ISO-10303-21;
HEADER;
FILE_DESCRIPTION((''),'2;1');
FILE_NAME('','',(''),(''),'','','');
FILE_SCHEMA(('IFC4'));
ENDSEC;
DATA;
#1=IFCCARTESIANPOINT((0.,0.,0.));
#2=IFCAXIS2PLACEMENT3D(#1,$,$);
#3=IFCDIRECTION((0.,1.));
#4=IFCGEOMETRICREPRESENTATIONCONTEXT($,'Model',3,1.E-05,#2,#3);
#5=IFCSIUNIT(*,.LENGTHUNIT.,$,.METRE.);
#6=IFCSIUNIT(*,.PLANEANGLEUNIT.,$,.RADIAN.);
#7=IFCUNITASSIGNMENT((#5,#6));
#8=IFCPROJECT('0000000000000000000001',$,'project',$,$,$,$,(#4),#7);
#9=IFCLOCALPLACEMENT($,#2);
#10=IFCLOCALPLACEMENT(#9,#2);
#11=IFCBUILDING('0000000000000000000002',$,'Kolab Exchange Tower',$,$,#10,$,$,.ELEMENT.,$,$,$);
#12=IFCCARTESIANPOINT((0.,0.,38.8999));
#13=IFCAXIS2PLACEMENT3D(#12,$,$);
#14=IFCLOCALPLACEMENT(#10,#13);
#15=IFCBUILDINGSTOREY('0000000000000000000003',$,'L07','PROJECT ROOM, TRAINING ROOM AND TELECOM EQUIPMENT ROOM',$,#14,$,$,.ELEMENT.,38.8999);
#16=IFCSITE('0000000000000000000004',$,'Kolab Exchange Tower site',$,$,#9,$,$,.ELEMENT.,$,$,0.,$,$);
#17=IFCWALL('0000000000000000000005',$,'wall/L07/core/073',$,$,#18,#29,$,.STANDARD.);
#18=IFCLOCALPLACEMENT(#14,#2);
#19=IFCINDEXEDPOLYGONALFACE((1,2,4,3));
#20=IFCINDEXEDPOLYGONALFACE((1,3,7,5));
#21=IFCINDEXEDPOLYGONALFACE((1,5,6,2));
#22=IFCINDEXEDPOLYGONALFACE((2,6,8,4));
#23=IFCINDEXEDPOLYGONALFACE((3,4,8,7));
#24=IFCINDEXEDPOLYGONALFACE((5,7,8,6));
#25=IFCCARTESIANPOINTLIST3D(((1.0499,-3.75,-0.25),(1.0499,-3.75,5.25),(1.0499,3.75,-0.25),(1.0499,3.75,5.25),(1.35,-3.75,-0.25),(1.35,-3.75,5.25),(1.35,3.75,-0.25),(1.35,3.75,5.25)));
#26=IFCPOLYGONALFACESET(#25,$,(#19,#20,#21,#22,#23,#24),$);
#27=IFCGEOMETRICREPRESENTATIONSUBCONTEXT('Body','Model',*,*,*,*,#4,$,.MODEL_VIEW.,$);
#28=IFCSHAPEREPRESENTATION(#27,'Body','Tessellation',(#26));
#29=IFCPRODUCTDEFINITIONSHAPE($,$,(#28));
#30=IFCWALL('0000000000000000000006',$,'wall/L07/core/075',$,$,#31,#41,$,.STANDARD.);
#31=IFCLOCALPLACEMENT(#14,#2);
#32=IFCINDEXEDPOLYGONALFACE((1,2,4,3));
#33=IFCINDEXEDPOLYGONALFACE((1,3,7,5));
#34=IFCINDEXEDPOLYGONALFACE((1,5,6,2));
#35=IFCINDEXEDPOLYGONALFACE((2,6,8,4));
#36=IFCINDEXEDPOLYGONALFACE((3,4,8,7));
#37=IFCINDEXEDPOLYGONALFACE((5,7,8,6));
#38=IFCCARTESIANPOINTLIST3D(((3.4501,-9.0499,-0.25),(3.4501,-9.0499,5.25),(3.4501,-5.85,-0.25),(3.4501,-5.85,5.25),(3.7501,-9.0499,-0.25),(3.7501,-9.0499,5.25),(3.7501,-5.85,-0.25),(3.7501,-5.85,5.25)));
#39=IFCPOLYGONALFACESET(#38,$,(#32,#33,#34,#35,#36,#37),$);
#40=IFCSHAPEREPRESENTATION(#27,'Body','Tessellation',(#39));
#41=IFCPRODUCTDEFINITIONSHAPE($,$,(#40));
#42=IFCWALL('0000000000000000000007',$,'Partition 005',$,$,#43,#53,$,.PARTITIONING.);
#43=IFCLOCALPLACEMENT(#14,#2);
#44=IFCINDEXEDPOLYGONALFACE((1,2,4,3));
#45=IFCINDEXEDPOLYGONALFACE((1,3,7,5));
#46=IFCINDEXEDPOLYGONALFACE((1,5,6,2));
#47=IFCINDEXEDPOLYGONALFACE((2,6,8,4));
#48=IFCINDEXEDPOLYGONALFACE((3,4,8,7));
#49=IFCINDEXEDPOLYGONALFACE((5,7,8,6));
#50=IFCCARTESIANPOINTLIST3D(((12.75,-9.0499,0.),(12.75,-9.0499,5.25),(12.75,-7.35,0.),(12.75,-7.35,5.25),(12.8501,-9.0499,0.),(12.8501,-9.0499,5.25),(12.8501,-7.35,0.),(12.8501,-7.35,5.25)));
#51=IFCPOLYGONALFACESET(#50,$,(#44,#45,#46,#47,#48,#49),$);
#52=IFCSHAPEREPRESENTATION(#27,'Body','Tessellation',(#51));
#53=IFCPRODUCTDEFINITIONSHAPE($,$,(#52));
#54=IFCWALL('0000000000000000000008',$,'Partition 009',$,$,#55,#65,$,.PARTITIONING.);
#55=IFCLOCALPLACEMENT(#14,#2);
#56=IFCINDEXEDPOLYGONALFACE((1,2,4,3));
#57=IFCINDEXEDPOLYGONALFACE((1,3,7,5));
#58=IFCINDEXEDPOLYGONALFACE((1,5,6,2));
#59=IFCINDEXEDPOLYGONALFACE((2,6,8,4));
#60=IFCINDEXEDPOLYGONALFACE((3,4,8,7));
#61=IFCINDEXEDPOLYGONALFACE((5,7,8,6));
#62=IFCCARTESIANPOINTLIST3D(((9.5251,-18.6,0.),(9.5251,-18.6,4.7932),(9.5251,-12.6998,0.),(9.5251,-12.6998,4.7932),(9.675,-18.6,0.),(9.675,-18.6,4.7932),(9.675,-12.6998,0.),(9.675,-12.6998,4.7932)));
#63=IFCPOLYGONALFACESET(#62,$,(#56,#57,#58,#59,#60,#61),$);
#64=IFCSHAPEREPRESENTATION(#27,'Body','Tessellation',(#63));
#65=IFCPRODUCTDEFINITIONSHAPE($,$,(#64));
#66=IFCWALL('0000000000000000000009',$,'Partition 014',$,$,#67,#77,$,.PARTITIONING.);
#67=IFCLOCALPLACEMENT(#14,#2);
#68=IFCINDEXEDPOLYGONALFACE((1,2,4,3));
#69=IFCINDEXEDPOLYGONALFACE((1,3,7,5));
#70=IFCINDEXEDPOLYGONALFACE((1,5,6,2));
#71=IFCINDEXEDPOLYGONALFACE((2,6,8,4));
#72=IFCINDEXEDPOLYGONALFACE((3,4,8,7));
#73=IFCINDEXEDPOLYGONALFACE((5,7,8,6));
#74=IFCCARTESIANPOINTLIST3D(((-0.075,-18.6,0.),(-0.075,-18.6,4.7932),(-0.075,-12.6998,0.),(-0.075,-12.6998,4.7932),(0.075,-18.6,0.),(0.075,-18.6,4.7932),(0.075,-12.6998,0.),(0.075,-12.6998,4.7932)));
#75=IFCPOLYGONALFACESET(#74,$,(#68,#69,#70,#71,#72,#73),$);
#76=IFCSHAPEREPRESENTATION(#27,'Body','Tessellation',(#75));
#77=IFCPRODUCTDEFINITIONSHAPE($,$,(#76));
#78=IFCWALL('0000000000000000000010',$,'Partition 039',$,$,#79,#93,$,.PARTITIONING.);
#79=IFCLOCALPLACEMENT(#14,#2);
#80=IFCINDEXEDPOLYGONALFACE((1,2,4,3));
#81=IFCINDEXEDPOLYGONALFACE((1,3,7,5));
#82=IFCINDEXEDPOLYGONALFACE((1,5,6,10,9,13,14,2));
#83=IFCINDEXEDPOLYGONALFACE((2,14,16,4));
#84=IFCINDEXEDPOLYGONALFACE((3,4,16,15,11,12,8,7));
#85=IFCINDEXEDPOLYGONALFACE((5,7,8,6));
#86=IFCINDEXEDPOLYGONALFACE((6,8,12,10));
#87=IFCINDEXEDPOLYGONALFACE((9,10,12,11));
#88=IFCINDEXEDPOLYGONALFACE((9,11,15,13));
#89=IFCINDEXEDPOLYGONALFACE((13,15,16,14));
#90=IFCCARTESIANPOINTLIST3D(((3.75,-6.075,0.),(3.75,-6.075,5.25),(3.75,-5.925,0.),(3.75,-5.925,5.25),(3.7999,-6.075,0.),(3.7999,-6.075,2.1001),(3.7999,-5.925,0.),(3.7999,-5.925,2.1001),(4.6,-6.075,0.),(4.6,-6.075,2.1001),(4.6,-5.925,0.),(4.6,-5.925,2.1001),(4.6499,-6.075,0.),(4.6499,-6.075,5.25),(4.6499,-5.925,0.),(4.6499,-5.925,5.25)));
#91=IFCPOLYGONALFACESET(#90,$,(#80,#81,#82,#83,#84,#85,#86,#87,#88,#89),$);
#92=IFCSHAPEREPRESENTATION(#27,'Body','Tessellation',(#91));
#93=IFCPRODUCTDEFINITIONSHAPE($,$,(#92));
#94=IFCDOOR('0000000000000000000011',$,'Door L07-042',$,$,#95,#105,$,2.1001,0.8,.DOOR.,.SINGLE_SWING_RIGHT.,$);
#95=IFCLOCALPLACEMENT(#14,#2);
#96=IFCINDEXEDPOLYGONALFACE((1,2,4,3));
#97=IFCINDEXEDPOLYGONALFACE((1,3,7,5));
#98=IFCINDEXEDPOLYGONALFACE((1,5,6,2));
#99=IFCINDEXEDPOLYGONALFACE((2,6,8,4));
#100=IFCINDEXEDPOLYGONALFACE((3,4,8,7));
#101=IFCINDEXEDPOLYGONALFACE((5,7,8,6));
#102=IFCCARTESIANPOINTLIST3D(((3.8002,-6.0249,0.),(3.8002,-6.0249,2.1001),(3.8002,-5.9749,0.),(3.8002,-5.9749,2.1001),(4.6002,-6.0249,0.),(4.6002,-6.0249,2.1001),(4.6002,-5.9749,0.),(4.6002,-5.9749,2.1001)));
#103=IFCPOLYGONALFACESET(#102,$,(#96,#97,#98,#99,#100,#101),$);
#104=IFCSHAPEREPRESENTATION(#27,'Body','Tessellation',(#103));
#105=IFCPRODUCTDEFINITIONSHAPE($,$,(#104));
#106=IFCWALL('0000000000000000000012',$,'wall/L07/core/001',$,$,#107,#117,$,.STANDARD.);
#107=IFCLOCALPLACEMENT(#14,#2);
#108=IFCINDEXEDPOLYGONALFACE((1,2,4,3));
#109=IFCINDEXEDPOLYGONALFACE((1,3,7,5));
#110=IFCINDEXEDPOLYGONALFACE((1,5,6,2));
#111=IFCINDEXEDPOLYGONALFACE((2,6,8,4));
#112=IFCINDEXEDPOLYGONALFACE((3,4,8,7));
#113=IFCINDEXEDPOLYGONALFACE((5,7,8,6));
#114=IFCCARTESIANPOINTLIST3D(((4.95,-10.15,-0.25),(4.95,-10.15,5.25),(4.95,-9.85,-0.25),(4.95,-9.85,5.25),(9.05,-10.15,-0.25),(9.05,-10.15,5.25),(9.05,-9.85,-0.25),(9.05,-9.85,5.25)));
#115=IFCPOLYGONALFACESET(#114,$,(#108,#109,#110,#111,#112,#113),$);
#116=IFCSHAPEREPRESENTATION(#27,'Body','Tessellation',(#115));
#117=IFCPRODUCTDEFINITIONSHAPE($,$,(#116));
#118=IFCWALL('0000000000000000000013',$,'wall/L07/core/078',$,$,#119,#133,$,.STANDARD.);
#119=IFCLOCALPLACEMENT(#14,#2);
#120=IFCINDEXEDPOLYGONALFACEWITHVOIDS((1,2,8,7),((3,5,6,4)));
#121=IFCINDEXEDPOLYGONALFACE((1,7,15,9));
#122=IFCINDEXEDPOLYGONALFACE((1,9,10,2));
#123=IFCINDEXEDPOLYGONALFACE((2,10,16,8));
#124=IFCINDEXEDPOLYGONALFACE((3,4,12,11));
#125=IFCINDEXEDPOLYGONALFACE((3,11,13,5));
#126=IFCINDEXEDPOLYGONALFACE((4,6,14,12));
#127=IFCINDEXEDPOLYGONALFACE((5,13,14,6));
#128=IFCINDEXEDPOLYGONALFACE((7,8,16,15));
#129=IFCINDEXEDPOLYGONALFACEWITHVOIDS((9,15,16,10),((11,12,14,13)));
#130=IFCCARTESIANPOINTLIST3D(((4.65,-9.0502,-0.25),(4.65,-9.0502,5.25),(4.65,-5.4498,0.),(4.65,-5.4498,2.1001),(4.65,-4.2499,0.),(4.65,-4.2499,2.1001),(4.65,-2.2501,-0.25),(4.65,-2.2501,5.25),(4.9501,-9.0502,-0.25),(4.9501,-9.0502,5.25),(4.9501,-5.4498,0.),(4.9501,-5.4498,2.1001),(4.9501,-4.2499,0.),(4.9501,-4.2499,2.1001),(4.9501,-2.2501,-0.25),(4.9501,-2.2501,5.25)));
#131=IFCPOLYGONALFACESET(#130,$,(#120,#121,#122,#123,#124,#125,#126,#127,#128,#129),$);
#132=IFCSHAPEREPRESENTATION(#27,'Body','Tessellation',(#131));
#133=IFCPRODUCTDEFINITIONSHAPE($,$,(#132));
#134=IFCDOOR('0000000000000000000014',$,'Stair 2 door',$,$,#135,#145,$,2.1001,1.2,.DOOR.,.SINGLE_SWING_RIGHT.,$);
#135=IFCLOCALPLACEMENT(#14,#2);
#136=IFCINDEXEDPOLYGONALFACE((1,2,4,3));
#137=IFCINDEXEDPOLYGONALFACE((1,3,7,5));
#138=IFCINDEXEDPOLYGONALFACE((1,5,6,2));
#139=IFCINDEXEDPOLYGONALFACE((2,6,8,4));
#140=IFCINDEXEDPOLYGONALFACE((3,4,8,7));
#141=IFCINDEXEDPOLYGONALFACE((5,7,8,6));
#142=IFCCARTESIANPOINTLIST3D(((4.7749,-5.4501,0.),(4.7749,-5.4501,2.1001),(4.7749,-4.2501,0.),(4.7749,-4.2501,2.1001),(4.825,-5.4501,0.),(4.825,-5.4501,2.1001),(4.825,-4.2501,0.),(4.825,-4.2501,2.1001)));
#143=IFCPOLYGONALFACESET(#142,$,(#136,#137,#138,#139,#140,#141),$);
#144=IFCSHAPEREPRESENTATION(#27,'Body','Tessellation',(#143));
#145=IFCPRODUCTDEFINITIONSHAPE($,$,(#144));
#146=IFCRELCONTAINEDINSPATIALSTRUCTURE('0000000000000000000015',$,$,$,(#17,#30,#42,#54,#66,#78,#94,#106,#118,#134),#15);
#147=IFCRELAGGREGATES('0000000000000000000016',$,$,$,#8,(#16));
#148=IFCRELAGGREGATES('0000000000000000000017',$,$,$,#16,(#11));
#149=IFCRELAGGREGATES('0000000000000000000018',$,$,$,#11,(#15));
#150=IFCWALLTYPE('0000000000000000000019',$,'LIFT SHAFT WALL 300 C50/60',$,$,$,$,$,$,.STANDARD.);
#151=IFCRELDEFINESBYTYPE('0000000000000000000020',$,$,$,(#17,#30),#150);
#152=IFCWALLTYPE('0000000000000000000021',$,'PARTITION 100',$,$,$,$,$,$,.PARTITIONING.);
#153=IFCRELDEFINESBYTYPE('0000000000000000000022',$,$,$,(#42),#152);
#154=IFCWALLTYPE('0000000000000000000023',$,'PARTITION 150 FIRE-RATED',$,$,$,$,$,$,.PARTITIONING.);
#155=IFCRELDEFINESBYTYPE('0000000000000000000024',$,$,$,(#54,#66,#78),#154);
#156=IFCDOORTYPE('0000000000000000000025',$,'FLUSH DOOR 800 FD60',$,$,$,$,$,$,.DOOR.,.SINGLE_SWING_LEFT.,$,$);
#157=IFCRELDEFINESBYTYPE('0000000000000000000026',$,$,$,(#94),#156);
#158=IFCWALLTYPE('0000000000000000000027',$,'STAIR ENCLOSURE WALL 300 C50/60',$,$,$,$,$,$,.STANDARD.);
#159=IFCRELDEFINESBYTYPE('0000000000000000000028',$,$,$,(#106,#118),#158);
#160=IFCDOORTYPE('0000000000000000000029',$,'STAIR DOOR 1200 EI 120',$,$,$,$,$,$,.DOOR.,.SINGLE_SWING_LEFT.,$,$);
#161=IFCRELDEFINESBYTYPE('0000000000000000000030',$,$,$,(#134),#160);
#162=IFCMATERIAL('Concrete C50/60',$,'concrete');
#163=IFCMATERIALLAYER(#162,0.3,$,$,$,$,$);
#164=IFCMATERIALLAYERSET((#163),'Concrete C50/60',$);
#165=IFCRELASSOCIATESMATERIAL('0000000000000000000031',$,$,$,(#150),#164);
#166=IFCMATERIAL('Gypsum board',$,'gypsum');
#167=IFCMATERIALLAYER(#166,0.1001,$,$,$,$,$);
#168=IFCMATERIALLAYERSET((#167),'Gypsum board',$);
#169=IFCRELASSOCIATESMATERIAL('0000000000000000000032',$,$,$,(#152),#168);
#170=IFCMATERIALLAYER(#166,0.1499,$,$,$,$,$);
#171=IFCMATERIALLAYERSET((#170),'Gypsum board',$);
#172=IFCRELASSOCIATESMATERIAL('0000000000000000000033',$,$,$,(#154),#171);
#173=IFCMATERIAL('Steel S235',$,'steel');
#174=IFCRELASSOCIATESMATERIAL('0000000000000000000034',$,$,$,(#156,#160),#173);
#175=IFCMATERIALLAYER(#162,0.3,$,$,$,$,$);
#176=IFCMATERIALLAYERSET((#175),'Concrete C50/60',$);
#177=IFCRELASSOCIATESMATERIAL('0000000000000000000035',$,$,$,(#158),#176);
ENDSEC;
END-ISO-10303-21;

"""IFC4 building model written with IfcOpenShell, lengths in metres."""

from ifc_helpers import new_model, si_unit, direction, frame, frame_2d, origin, place, context, subcontext, project, spatial, rectangle, extrude, material, layer, layer_set, type_object, element, fill, save


model = new_model("IFC4")

# Units and contexts
model_context = context("Model", 3, precision=1e-05, world=origin(), true_north=direction((0.0, 1.0)))
body_context = subcontext(model_context, "Body", "Model", "MODEL_VIEW")
ifc_project = project(units=[si_unit("LENGTHUNIT", "METRE"), si_unit("PLANEANGLEUNIT", "RADIAN")], contexts=[model_context])

# Site, building, storey
site_placement = place(None, origin())
site = spatial("IfcSite", under=ifc_project, at=site_placement, Name="Kolab Exchange Tower site", CompositionType="ELEMENT", RefElevation=0.0)
building_placement = place(site_placement, origin())
building = spatial("IfcBuilding", under=site, at=building_placement, Name="Kolab Exchange Tower", CompositionType="ELEMENT")
storey_placement = place(building_placement, frame((0.0, 0.0, 38.8999)))
storey = spatial("IfcBuildingStorey", under=building, at=storey_placement, Name="L07", Description="PROJECT ROOM, TRAINING ROOM AND TELECOM EQUIPMENT ROOM", CompositionType="ELEMENT", Elevation=38.8999)

# Shared definitions
ifc_material_1 = material(Name="Steel S235", Category="steel")

# Shared definitions
ifc_material_2 = material(Name="Concrete C50/60", Category="concrete")
ifc_layer_1 = layer(ifc_material_2, 0.3)
ifc_layer_set_1 = layer_set([ifc_layer_1], Name="Concrete C50/60")
wall_type_1 = type_object("IfcWallType", Name="LIFT SHAFT WALL 300 C50/60", PredefinedType="STANDARD", material=ifc_layer_set_1)

# Walls
wall_1_placement = place(storey_placement, frame((1.2, -3.75, -0.25), z_axis=(0.0, 0.0, 1.0), x_axis=(0.0, 1.0, 0.0)))
element("IfcWall", 1, at=wall_1_placement, inside=storey, type_object=wall_type_1, Name="wall/L07/core/073", PredefinedType="STANDARD", context=body_context, shape_type="SweptSolid", body=[
    extrude(rectangle(XDim=7.5, YDim=0.3, at=frame_2d((3.75, 0.0))), origin(), (0.0, 0.0, 1.0), 5.5),
])
wall_2_placement = place(storey_placement, frame((3.6001, -9.05, -0.25), z_axis=(0.0, 0.0, 1.0), x_axis=(0.0, 1.0, 0.0)))
element("IfcWall", 2, at=wall_2_placement, inside=storey, type_object=wall_type_1, Name="wall/L07/core/075", PredefinedType="STANDARD", context=body_context, shape_type="SweptSolid", body=[
    extrude(rectangle(XDim=3.2, YDim=0.3, at=frame_2d((1.6001, 0.0))), origin(), (0.0, 0.0, 1.0), 5.5),
])
ifc_material_3 = material(Name="Gypsum board", Category="gypsum")
ifc_layer_2 = layer(ifc_material_3, 0.1001)
ifc_layer_set_2 = layer_set([ifc_layer_2], Name="Gypsum board")
wall_type_2 = type_object("IfcWallType", Name="PARTITION 100", PredefinedType="PARTITIONING", material=ifc_layer_set_2)
wall_3_placement = place(storey_placement, frame((12.8, -9.05, 0.0), z_axis=(0.0, 0.0, 1.0), x_axis=(0.0, 1.0, 0.0)))
element("IfcWall", 3, at=wall_3_placement, inside=storey, type_object=wall_type_2, Name="Partition 005", PredefinedType="PARTITIONING", context=body_context, shape_type="SweptSolid", body=[
    extrude(rectangle(XDim=1.7, YDim=0.1001, at=frame_2d((0.8501, 0.0))), origin(), (0.0, 0.0, 1.0), 5.25),
])
ifc_layer_3 = layer(ifc_material_3, 0.1499)
ifc_layer_set_3 = layer_set([ifc_layer_3], Name="Gypsum board")
wall_type_3 = type_object("IfcWallType", Name="PARTITION 150 FIRE-RATED", PredefinedType="PARTITIONING", material=ifc_layer_set_3)
for number, where, z_axis, x_axis, name in (
    (4, (9.6001, -18.6001, 0.0), (0.0, 0.0, 1.0), (0.0, 1.0, 0.0), "Partition 009"),
    (5, (0.0, -18.6001, 0.0), (0.0, 0.0, 1.0), (0.0, 1.0, 0.0), "Partition 014"),
):
    element("IfcWall", number, at=place(storey_placement, frame(where, z_axis=z_axis, x_axis=x_axis)), inside=storey, type_object=wall_type_3, Name=name, PredefinedType="PARTITIONING", context=body_context, shape_type="SweptSolid", body=[
        extrude(rectangle(XDim=5.9001, YDim=0.1499, at=frame_2d((2.9502, 0.0))), origin(), (0.0, 0.0, 1.0), 4.7932),
    ])

# Wall, opening, door
wall_4_placement = place(storey_placement, frame((3.75, -6.0, 0.0), z_axis=(0.0, 0.0, 1.0), x_axis=(1.0, 0.0, 0.0)))
wall_4 = element("IfcWall", 6, at=wall_4_placement, inside=storey, type_object=wall_type_3, Name="Partition 039", PredefinedType="PARTITIONING", context=body_context, shape_type="SweptSolid", body=[
    extrude(rectangle(XDim=0.8999, YDim=0.1499, at=frame_2d((0.45, 0.0))), origin(), (0.0, 0.0, 1.0), 5.25),
])
opening_1_placement = place(wall_4_placement, frame((0.05, 0.0, 0.0)))
opening_1 = element("IfcOpeningElement", 7, at=opening_1_placement, cuts=wall_4, PredefinedType="OPENING", context=body_context, shape_type="SweptSolid", body=[
    extrude(rectangle(XDim=0.8, YDim=2.1001, at=frame_2d((0.3999, 1.05))), frame((0.0, 0.085, 0.0), z_axis=(0.0, -1.0, 0.0), x_axis=(1.0, 0.0, 0.0)), (0.0, 0.0, 1.0), 0.1699),
])
door_type_1 = type_object("IfcDoorType", Name="FLUSH DOOR 800 FD60", OperationType="SINGLE_SWING_LEFT", PredefinedType="DOOR", material=ifc_material_1)
door_1_placement = place(opening_1_placement, frame((0.8, 0.0, 0.0), z_axis=(0.0, 0.0, 1.0), x_axis=(-1.0, 0.0, 0.0)))
door_1 = element("IfcDoor", 8, at=door_1_placement, inside=storey, type_object=door_type_1, Name="Door L07-042", OperationType="SINGLE_SWING_RIGHT", OverallHeight=2.1001, OverallWidth=0.8, PredefinedType="DOOR", context=body_context, shape_type="SweptSolid", body=[
    extrude(rectangle(XDim=0.8, YDim=2.1001, at=frame_2d((0.3999, 1.05))), frame((0.0, 0.0249, 0.0), z_axis=(0.0, -1.0, 0.0), x_axis=(1.0, 0.0, 0.0)), (0.0, 0.0, 1.0), 0.05),
])
fill(opening_1, door_1)

# Wall
ifc_layer_4 = layer(ifc_material_2, 0.3)
ifc_layer_set_4 = layer_set([ifc_layer_4], Name="Concrete C50/60")
wall_type_4 = type_object("IfcWallType", Name="STAIR ENCLOSURE WALL 300 C50/60", PredefinedType="STANDARD", material=ifc_layer_set_4)
wall_5_placement = place(storey_placement, frame((4.95, -10.0, -0.25), z_axis=(0.0, 0.0, 1.0), x_axis=(1.0, 0.0, 0.0)))
element("IfcWall", 9, at=wall_5_placement, inside=storey, type_object=wall_type_4, Name="wall/L07/core/001", PredefinedType="STANDARD", context=body_context, shape_type="SweptSolid", body=[
    extrude(rectangle(XDim=4.1001, YDim=0.3, at=frame_2d((2.05, 0.0))), origin(), (0.0, 0.0, 1.0), 5.5),
])

# Wall, opening, door
wall_6_placement = place(storey_placement, frame((4.8, -9.05, -0.25), z_axis=(0.0, 0.0, 1.0), x_axis=(0.0, 1.0, 0.0)))
wall_6 = element("IfcWall", 10, at=wall_6_placement, inside=storey, type_object=wall_type_4, Name="wall/L07/core/078", PredefinedType="STANDARD", context=body_context, shape_type="SweptSolid", body=[
    extrude(rectangle(XDim=6.8, YDim=0.3, at=frame_2d((3.3999, 0.0))), origin(), (0.0, 0.0, 1.0), 5.5),
])
opening_2_placement = place(wall_6_placement, frame((3.6001, 0.0, 0.25)))
opening_2 = element("IfcOpeningElement", 11, at=opening_2_placement, cuts=wall_6, PredefinedType="OPENING", context=body_context, shape_type="SweptSolid", body=[
    extrude(rectangle(XDim=1.2, YDim=2.1001, at=frame_2d((0.6001, 1.05))), frame((0.0, 0.1602, 0.0), z_axis=(0.0, -1.0, 0.0), x_axis=(1.0, 0.0, 0.0)), (0.0, 0.0, 1.0), 0.3201),
])
door_type_2 = type_object("IfcDoorType", Name="STAIR DOOR 1200 EI 120", OperationType="SINGLE_SWING_LEFT", PredefinedType="DOOR", material=ifc_material_1)
door_2_placement = place(opening_2_placement, frame((1.2, 0.0, 0.0), z_axis=(0.0, 0.0, 1.0), x_axis=(-1.0, 0.0, 0.0)))
door_2 = element("IfcDoor", 12, at=door_2_placement, inside=storey, type_object=door_type_2, Name="Stair 2 door", OperationType="SINGLE_SWING_RIGHT", OverallHeight=2.1001, OverallWidth=1.2, PredefinedType="DOOR", context=body_context, shape_type="SweptSolid", body=[
    extrude(rectangle(XDim=1.2, YDim=2.1001, at=frame_2d((0.6001, 1.05))), frame((0.0, 0.0249, 0.0), z_axis=(0.0, -1.0, 0.0), x_axis=(1.0, 0.0, 0.0)), (0.0, 0.0, 1.0), 0.05),
])
fill(opening_2, door_2)

save(model, "model.ifc")
